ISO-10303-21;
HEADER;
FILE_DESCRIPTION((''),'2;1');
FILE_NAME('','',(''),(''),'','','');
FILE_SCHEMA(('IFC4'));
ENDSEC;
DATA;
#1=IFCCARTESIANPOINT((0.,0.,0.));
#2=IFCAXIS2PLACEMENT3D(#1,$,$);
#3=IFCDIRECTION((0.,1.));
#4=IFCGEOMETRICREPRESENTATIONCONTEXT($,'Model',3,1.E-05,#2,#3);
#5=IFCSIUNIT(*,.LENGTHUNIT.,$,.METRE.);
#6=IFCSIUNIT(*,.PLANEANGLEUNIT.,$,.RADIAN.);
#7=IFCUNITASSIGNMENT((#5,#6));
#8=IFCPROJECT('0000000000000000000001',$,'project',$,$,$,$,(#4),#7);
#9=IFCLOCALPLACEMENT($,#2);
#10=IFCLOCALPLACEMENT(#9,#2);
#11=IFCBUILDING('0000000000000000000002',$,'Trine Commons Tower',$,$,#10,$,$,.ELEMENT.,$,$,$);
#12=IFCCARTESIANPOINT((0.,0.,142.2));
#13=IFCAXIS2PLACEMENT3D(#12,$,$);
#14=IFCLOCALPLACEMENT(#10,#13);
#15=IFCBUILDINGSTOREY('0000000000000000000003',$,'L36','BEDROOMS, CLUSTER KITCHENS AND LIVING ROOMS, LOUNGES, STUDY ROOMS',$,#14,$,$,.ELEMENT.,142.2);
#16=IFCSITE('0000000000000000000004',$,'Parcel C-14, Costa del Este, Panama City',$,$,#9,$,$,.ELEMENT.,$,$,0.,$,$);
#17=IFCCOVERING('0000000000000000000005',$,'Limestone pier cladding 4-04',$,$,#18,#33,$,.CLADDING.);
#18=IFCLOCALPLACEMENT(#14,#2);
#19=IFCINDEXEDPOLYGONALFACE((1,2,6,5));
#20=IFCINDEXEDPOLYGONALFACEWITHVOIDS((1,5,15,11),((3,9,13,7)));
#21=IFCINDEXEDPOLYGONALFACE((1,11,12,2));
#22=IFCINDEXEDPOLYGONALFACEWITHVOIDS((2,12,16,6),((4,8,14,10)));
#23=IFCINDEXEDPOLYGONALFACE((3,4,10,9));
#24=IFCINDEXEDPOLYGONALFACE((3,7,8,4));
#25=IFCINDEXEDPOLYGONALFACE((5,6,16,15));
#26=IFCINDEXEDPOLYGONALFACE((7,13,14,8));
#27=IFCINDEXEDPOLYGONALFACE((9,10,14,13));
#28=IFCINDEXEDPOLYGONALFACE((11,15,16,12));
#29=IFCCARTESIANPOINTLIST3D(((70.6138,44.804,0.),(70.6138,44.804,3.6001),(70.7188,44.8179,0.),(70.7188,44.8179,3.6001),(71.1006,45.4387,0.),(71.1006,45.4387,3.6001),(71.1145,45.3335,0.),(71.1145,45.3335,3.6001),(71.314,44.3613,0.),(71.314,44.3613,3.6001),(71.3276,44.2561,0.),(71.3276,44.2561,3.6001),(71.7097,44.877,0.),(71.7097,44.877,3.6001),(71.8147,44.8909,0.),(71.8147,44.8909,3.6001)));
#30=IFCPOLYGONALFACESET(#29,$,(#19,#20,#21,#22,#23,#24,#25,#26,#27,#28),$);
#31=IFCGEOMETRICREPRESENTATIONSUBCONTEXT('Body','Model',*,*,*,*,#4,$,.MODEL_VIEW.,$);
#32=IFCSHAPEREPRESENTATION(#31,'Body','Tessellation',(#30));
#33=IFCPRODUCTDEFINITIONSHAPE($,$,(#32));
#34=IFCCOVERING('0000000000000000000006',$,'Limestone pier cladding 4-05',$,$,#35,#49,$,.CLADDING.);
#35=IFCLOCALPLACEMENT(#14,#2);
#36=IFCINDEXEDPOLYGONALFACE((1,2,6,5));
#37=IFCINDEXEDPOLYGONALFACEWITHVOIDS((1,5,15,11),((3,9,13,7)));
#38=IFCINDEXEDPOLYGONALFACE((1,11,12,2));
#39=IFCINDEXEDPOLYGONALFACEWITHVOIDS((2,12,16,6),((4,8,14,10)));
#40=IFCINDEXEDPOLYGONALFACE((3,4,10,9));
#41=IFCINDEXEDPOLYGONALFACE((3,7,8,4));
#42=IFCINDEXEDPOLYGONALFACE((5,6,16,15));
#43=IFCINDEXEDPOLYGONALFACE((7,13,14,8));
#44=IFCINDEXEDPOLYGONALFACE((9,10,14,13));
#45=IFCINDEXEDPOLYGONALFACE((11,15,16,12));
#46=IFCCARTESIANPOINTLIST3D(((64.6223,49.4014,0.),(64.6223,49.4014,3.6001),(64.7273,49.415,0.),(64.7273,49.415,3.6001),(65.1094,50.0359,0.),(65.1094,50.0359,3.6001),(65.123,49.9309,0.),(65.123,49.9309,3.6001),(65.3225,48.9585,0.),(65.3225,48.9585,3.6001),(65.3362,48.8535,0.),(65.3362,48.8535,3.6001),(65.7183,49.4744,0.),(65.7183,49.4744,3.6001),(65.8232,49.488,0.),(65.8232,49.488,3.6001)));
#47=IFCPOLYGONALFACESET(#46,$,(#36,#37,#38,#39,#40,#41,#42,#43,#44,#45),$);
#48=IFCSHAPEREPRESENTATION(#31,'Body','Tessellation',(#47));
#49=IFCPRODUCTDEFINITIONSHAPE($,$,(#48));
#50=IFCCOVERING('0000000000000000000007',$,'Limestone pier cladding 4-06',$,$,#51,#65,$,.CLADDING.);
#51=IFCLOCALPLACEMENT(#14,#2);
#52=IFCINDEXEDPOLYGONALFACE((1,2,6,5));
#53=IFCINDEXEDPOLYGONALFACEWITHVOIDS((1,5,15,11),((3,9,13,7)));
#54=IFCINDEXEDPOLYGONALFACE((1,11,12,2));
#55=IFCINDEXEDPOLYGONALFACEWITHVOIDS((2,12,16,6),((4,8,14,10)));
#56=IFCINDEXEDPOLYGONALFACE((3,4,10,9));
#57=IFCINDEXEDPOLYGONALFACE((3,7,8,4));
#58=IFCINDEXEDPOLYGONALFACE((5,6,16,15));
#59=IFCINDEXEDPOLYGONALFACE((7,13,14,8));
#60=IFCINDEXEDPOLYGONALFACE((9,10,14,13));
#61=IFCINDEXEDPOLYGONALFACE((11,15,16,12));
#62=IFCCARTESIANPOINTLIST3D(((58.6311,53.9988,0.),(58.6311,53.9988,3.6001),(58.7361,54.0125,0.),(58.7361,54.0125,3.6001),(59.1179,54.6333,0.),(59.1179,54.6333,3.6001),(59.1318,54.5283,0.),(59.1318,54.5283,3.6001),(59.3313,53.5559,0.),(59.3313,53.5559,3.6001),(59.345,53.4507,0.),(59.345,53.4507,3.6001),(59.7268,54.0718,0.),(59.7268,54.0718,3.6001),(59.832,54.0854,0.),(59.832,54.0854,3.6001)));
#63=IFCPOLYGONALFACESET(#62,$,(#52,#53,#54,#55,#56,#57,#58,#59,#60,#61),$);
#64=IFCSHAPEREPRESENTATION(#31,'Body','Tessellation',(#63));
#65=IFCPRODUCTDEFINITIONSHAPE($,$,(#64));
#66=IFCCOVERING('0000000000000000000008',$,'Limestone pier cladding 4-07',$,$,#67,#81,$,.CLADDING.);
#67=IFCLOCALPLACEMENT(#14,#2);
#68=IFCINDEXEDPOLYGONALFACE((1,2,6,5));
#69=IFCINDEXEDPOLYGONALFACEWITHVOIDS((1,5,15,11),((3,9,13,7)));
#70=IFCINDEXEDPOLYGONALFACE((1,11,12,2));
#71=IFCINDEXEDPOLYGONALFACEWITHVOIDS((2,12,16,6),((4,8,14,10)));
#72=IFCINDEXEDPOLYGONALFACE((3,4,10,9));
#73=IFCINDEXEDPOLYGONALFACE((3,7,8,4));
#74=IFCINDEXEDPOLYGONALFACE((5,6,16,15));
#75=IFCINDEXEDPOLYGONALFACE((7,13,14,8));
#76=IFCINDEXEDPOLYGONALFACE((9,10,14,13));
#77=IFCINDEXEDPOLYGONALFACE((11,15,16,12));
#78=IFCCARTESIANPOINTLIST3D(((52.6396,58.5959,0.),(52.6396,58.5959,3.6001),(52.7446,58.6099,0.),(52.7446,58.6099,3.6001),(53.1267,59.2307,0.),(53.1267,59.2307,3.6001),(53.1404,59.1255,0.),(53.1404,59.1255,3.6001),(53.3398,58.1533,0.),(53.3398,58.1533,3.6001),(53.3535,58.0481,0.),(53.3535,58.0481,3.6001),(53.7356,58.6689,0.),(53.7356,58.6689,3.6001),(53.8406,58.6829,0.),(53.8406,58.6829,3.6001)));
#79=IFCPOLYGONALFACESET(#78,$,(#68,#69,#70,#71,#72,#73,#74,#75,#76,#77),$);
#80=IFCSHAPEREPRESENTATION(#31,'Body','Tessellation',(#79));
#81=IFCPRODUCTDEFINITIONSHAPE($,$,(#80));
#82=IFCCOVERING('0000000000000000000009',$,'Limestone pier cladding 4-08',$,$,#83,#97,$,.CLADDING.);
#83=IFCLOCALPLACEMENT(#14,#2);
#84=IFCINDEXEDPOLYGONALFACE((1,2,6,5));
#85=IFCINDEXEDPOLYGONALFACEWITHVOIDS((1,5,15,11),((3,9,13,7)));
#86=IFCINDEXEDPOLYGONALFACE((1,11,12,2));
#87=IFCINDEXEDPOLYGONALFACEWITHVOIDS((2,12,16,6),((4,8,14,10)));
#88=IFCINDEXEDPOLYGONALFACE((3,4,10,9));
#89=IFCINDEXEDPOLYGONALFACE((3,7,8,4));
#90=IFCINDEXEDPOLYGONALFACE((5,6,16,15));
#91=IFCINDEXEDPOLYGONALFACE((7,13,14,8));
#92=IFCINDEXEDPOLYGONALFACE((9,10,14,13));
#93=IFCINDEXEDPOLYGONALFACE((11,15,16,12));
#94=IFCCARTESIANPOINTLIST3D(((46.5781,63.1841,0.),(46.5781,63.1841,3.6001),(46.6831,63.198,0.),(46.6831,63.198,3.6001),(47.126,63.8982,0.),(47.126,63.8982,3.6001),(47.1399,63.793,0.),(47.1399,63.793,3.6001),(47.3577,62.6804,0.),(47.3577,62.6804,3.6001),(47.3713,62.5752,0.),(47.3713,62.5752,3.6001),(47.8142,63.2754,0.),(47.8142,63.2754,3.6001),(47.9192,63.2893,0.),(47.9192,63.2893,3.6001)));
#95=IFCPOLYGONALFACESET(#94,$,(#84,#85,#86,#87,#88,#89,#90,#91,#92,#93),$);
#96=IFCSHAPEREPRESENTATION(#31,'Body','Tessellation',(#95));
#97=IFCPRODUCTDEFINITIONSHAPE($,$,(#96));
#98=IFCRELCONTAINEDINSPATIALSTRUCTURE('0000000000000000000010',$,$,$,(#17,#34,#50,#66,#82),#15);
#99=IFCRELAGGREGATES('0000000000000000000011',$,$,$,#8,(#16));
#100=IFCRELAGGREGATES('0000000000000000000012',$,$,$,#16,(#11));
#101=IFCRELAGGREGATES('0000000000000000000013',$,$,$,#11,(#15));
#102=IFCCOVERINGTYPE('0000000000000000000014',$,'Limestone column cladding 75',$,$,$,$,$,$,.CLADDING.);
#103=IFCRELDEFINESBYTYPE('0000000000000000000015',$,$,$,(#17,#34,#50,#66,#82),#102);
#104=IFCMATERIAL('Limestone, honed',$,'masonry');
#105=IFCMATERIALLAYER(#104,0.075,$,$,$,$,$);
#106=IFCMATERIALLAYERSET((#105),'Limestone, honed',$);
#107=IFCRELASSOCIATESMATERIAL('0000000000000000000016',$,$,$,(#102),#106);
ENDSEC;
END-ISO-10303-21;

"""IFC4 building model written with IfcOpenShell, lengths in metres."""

from ifc_helpers import new_model, si_unit, direction, frame, origin, place, context, subcontext, project, spatial, polyline, outline, extrude, material, layer, layer_set, type_object, element, save


model = new_model("IFC4")

# Units and contexts
model_context = context("Model", 3, precision=1e-05, world=origin(), true_north=direction((0.0, 1.0)))
body_context = subcontext(model_context, "Body", "Model", "MODEL_VIEW")
ifc_project = project(units=[si_unit("LENGTHUNIT", "METRE"), si_unit("PLANEANGLEUNIT", "RADIAN")], contexts=[model_context])

# Site, building, storey
site_placement = place(None, origin())
site = spatial("IfcSite", under=ifc_project, at=site_placement, Name="Parcel C-14, Costa del Este, Panama City", CompositionType="ELEMENT", RefElevation=0.0)
building_placement = place(site_placement, origin())
building = spatial("IfcBuilding", under=site, at=building_placement, Name="Trine Commons Tower", CompositionType="ELEMENT")
storey_placement = place(building_placement, frame((0.0, 0.0, 142.2)))
storey = spatial("IfcBuildingStorey", under=building, at=storey_placement, Name="L36", Description="BEDROOMS, CLUSTER KITCHENS AND LIVING ROOMS, LOUNGES, STUDY ROOMS", CompositionType="ELEMENT", Elevation=142.2)

# Coverings
ifc_material_1 = material(Name="Limestone, honed", Category="masonry")
ifc_layer_1 = layer(ifc_material_1, 0.075)
ifc_layer_set_1 = layer_set([ifc_layer_1], Name="Limestone, honed")
covering_type_1 = type_object("IfcCoveringType", Name="Limestone column cladding 75", PredefinedType="CLADDING", material=ifc_layer_set_1)
covering_1_placement = place(storey_placement, origin())
element("IfcCovering", 1, at=covering_1_placement, inside=storey, type_object=covering_type_1, Name="Limestone pier cladding 4-04", PredefinedType="CLADDING", context=body_context, shape_type="SweptSolid", body=[
    extrude(outline(polyline([(71.1006, 45.4387), (70.6138, 44.804), (71.3276, 44.2561), (71.8147, 44.8909), (71.1006, 45.4387)]), holes=[polyline([(71.1145, 45.3335), (70.7188, 44.8179), (71.314, 44.3613), (71.7097, 44.877), (71.1145, 45.3335)])]), origin(), (0.0, 0.0, 1.0), 3.6001),
])
covering_2_placement = place(storey_placement, origin())
element("IfcCovering", 2, at=covering_2_placement, inside=storey, type_object=covering_type_1, Name="Limestone pier cladding 4-05", PredefinedType="CLADDING", context=body_context, shape_type="SweptSolid", body=[
    extrude(outline(polyline([(65.1094, 50.0359), (64.6223, 49.4014), (65.3362, 48.8535), (65.8232, 49.488), (65.1094, 50.0359)]), holes=[polyline([(65.123, 49.9309), (64.7273, 49.415), (65.3225, 48.9585), (65.7183, 49.4744), (65.123, 49.9309)])]), origin(), (0.0, 0.0, 1.0), 3.6001),
])
covering_3_placement = place(storey_placement, origin())
element("IfcCovering", 3, at=covering_3_placement, inside=storey, type_object=covering_type_1, Name="Limestone pier cladding 4-06", PredefinedType="CLADDING", context=body_context, shape_type="SweptSolid", body=[
    extrude(outline(polyline([(59.1179, 54.6333), (58.6311, 53.9988), (59.345, 53.4507), (59.832, 54.0854), (59.1179, 54.6333)]), holes=[polyline([(59.1318, 54.5283), (58.7361, 54.0125), (59.3313, 53.5559), (59.7268, 54.0718), (59.1318, 54.5283)])]), origin(), (0.0, 0.0, 1.0), 3.6001),
])
covering_4_placement = place(storey_placement, origin())
element("IfcCovering", 4, at=covering_4_placement, inside=storey, type_object=covering_type_1, Name="Limestone pier cladding 4-07", PredefinedType="CLADDING", context=body_context, shape_type="SweptSolid", body=[
    extrude(outline(polyline([(53.1267, 59.2307), (52.6396, 58.5959), (53.3535, 58.0481), (53.8406, 58.6829), (53.1267, 59.2307)]), holes=[polyline([(53.1404, 59.1255), (52.7446, 58.6099), (53.3398, 58.1533), (53.7356, 58.6689), (53.1404, 59.1255)])]), origin(), (0.0, 0.0, 1.0), 3.6001),
])
covering_5_placement = place(storey_placement, origin())
element("IfcCovering", 5, at=covering_5_placement, inside=storey, type_object=covering_type_1, Name="Limestone pier cladding 4-08", PredefinedType="CLADDING", context=body_context, shape_type="SweptSolid", body=[
    extrude(outline(polyline([(47.126, 63.8982), (46.5781, 63.1841), (47.3713, 62.5752), (47.9192, 63.2893), (47.126, 63.8982)]), holes=[polyline([(47.1399, 63.793), (46.6831, 63.198), (47.3577, 62.6804), (47.8142, 63.2754), (47.1399, 63.793)])]), origin(), (0.0, 0.0, 1.0), 3.6001),
])

save(model, "model.ifc")
